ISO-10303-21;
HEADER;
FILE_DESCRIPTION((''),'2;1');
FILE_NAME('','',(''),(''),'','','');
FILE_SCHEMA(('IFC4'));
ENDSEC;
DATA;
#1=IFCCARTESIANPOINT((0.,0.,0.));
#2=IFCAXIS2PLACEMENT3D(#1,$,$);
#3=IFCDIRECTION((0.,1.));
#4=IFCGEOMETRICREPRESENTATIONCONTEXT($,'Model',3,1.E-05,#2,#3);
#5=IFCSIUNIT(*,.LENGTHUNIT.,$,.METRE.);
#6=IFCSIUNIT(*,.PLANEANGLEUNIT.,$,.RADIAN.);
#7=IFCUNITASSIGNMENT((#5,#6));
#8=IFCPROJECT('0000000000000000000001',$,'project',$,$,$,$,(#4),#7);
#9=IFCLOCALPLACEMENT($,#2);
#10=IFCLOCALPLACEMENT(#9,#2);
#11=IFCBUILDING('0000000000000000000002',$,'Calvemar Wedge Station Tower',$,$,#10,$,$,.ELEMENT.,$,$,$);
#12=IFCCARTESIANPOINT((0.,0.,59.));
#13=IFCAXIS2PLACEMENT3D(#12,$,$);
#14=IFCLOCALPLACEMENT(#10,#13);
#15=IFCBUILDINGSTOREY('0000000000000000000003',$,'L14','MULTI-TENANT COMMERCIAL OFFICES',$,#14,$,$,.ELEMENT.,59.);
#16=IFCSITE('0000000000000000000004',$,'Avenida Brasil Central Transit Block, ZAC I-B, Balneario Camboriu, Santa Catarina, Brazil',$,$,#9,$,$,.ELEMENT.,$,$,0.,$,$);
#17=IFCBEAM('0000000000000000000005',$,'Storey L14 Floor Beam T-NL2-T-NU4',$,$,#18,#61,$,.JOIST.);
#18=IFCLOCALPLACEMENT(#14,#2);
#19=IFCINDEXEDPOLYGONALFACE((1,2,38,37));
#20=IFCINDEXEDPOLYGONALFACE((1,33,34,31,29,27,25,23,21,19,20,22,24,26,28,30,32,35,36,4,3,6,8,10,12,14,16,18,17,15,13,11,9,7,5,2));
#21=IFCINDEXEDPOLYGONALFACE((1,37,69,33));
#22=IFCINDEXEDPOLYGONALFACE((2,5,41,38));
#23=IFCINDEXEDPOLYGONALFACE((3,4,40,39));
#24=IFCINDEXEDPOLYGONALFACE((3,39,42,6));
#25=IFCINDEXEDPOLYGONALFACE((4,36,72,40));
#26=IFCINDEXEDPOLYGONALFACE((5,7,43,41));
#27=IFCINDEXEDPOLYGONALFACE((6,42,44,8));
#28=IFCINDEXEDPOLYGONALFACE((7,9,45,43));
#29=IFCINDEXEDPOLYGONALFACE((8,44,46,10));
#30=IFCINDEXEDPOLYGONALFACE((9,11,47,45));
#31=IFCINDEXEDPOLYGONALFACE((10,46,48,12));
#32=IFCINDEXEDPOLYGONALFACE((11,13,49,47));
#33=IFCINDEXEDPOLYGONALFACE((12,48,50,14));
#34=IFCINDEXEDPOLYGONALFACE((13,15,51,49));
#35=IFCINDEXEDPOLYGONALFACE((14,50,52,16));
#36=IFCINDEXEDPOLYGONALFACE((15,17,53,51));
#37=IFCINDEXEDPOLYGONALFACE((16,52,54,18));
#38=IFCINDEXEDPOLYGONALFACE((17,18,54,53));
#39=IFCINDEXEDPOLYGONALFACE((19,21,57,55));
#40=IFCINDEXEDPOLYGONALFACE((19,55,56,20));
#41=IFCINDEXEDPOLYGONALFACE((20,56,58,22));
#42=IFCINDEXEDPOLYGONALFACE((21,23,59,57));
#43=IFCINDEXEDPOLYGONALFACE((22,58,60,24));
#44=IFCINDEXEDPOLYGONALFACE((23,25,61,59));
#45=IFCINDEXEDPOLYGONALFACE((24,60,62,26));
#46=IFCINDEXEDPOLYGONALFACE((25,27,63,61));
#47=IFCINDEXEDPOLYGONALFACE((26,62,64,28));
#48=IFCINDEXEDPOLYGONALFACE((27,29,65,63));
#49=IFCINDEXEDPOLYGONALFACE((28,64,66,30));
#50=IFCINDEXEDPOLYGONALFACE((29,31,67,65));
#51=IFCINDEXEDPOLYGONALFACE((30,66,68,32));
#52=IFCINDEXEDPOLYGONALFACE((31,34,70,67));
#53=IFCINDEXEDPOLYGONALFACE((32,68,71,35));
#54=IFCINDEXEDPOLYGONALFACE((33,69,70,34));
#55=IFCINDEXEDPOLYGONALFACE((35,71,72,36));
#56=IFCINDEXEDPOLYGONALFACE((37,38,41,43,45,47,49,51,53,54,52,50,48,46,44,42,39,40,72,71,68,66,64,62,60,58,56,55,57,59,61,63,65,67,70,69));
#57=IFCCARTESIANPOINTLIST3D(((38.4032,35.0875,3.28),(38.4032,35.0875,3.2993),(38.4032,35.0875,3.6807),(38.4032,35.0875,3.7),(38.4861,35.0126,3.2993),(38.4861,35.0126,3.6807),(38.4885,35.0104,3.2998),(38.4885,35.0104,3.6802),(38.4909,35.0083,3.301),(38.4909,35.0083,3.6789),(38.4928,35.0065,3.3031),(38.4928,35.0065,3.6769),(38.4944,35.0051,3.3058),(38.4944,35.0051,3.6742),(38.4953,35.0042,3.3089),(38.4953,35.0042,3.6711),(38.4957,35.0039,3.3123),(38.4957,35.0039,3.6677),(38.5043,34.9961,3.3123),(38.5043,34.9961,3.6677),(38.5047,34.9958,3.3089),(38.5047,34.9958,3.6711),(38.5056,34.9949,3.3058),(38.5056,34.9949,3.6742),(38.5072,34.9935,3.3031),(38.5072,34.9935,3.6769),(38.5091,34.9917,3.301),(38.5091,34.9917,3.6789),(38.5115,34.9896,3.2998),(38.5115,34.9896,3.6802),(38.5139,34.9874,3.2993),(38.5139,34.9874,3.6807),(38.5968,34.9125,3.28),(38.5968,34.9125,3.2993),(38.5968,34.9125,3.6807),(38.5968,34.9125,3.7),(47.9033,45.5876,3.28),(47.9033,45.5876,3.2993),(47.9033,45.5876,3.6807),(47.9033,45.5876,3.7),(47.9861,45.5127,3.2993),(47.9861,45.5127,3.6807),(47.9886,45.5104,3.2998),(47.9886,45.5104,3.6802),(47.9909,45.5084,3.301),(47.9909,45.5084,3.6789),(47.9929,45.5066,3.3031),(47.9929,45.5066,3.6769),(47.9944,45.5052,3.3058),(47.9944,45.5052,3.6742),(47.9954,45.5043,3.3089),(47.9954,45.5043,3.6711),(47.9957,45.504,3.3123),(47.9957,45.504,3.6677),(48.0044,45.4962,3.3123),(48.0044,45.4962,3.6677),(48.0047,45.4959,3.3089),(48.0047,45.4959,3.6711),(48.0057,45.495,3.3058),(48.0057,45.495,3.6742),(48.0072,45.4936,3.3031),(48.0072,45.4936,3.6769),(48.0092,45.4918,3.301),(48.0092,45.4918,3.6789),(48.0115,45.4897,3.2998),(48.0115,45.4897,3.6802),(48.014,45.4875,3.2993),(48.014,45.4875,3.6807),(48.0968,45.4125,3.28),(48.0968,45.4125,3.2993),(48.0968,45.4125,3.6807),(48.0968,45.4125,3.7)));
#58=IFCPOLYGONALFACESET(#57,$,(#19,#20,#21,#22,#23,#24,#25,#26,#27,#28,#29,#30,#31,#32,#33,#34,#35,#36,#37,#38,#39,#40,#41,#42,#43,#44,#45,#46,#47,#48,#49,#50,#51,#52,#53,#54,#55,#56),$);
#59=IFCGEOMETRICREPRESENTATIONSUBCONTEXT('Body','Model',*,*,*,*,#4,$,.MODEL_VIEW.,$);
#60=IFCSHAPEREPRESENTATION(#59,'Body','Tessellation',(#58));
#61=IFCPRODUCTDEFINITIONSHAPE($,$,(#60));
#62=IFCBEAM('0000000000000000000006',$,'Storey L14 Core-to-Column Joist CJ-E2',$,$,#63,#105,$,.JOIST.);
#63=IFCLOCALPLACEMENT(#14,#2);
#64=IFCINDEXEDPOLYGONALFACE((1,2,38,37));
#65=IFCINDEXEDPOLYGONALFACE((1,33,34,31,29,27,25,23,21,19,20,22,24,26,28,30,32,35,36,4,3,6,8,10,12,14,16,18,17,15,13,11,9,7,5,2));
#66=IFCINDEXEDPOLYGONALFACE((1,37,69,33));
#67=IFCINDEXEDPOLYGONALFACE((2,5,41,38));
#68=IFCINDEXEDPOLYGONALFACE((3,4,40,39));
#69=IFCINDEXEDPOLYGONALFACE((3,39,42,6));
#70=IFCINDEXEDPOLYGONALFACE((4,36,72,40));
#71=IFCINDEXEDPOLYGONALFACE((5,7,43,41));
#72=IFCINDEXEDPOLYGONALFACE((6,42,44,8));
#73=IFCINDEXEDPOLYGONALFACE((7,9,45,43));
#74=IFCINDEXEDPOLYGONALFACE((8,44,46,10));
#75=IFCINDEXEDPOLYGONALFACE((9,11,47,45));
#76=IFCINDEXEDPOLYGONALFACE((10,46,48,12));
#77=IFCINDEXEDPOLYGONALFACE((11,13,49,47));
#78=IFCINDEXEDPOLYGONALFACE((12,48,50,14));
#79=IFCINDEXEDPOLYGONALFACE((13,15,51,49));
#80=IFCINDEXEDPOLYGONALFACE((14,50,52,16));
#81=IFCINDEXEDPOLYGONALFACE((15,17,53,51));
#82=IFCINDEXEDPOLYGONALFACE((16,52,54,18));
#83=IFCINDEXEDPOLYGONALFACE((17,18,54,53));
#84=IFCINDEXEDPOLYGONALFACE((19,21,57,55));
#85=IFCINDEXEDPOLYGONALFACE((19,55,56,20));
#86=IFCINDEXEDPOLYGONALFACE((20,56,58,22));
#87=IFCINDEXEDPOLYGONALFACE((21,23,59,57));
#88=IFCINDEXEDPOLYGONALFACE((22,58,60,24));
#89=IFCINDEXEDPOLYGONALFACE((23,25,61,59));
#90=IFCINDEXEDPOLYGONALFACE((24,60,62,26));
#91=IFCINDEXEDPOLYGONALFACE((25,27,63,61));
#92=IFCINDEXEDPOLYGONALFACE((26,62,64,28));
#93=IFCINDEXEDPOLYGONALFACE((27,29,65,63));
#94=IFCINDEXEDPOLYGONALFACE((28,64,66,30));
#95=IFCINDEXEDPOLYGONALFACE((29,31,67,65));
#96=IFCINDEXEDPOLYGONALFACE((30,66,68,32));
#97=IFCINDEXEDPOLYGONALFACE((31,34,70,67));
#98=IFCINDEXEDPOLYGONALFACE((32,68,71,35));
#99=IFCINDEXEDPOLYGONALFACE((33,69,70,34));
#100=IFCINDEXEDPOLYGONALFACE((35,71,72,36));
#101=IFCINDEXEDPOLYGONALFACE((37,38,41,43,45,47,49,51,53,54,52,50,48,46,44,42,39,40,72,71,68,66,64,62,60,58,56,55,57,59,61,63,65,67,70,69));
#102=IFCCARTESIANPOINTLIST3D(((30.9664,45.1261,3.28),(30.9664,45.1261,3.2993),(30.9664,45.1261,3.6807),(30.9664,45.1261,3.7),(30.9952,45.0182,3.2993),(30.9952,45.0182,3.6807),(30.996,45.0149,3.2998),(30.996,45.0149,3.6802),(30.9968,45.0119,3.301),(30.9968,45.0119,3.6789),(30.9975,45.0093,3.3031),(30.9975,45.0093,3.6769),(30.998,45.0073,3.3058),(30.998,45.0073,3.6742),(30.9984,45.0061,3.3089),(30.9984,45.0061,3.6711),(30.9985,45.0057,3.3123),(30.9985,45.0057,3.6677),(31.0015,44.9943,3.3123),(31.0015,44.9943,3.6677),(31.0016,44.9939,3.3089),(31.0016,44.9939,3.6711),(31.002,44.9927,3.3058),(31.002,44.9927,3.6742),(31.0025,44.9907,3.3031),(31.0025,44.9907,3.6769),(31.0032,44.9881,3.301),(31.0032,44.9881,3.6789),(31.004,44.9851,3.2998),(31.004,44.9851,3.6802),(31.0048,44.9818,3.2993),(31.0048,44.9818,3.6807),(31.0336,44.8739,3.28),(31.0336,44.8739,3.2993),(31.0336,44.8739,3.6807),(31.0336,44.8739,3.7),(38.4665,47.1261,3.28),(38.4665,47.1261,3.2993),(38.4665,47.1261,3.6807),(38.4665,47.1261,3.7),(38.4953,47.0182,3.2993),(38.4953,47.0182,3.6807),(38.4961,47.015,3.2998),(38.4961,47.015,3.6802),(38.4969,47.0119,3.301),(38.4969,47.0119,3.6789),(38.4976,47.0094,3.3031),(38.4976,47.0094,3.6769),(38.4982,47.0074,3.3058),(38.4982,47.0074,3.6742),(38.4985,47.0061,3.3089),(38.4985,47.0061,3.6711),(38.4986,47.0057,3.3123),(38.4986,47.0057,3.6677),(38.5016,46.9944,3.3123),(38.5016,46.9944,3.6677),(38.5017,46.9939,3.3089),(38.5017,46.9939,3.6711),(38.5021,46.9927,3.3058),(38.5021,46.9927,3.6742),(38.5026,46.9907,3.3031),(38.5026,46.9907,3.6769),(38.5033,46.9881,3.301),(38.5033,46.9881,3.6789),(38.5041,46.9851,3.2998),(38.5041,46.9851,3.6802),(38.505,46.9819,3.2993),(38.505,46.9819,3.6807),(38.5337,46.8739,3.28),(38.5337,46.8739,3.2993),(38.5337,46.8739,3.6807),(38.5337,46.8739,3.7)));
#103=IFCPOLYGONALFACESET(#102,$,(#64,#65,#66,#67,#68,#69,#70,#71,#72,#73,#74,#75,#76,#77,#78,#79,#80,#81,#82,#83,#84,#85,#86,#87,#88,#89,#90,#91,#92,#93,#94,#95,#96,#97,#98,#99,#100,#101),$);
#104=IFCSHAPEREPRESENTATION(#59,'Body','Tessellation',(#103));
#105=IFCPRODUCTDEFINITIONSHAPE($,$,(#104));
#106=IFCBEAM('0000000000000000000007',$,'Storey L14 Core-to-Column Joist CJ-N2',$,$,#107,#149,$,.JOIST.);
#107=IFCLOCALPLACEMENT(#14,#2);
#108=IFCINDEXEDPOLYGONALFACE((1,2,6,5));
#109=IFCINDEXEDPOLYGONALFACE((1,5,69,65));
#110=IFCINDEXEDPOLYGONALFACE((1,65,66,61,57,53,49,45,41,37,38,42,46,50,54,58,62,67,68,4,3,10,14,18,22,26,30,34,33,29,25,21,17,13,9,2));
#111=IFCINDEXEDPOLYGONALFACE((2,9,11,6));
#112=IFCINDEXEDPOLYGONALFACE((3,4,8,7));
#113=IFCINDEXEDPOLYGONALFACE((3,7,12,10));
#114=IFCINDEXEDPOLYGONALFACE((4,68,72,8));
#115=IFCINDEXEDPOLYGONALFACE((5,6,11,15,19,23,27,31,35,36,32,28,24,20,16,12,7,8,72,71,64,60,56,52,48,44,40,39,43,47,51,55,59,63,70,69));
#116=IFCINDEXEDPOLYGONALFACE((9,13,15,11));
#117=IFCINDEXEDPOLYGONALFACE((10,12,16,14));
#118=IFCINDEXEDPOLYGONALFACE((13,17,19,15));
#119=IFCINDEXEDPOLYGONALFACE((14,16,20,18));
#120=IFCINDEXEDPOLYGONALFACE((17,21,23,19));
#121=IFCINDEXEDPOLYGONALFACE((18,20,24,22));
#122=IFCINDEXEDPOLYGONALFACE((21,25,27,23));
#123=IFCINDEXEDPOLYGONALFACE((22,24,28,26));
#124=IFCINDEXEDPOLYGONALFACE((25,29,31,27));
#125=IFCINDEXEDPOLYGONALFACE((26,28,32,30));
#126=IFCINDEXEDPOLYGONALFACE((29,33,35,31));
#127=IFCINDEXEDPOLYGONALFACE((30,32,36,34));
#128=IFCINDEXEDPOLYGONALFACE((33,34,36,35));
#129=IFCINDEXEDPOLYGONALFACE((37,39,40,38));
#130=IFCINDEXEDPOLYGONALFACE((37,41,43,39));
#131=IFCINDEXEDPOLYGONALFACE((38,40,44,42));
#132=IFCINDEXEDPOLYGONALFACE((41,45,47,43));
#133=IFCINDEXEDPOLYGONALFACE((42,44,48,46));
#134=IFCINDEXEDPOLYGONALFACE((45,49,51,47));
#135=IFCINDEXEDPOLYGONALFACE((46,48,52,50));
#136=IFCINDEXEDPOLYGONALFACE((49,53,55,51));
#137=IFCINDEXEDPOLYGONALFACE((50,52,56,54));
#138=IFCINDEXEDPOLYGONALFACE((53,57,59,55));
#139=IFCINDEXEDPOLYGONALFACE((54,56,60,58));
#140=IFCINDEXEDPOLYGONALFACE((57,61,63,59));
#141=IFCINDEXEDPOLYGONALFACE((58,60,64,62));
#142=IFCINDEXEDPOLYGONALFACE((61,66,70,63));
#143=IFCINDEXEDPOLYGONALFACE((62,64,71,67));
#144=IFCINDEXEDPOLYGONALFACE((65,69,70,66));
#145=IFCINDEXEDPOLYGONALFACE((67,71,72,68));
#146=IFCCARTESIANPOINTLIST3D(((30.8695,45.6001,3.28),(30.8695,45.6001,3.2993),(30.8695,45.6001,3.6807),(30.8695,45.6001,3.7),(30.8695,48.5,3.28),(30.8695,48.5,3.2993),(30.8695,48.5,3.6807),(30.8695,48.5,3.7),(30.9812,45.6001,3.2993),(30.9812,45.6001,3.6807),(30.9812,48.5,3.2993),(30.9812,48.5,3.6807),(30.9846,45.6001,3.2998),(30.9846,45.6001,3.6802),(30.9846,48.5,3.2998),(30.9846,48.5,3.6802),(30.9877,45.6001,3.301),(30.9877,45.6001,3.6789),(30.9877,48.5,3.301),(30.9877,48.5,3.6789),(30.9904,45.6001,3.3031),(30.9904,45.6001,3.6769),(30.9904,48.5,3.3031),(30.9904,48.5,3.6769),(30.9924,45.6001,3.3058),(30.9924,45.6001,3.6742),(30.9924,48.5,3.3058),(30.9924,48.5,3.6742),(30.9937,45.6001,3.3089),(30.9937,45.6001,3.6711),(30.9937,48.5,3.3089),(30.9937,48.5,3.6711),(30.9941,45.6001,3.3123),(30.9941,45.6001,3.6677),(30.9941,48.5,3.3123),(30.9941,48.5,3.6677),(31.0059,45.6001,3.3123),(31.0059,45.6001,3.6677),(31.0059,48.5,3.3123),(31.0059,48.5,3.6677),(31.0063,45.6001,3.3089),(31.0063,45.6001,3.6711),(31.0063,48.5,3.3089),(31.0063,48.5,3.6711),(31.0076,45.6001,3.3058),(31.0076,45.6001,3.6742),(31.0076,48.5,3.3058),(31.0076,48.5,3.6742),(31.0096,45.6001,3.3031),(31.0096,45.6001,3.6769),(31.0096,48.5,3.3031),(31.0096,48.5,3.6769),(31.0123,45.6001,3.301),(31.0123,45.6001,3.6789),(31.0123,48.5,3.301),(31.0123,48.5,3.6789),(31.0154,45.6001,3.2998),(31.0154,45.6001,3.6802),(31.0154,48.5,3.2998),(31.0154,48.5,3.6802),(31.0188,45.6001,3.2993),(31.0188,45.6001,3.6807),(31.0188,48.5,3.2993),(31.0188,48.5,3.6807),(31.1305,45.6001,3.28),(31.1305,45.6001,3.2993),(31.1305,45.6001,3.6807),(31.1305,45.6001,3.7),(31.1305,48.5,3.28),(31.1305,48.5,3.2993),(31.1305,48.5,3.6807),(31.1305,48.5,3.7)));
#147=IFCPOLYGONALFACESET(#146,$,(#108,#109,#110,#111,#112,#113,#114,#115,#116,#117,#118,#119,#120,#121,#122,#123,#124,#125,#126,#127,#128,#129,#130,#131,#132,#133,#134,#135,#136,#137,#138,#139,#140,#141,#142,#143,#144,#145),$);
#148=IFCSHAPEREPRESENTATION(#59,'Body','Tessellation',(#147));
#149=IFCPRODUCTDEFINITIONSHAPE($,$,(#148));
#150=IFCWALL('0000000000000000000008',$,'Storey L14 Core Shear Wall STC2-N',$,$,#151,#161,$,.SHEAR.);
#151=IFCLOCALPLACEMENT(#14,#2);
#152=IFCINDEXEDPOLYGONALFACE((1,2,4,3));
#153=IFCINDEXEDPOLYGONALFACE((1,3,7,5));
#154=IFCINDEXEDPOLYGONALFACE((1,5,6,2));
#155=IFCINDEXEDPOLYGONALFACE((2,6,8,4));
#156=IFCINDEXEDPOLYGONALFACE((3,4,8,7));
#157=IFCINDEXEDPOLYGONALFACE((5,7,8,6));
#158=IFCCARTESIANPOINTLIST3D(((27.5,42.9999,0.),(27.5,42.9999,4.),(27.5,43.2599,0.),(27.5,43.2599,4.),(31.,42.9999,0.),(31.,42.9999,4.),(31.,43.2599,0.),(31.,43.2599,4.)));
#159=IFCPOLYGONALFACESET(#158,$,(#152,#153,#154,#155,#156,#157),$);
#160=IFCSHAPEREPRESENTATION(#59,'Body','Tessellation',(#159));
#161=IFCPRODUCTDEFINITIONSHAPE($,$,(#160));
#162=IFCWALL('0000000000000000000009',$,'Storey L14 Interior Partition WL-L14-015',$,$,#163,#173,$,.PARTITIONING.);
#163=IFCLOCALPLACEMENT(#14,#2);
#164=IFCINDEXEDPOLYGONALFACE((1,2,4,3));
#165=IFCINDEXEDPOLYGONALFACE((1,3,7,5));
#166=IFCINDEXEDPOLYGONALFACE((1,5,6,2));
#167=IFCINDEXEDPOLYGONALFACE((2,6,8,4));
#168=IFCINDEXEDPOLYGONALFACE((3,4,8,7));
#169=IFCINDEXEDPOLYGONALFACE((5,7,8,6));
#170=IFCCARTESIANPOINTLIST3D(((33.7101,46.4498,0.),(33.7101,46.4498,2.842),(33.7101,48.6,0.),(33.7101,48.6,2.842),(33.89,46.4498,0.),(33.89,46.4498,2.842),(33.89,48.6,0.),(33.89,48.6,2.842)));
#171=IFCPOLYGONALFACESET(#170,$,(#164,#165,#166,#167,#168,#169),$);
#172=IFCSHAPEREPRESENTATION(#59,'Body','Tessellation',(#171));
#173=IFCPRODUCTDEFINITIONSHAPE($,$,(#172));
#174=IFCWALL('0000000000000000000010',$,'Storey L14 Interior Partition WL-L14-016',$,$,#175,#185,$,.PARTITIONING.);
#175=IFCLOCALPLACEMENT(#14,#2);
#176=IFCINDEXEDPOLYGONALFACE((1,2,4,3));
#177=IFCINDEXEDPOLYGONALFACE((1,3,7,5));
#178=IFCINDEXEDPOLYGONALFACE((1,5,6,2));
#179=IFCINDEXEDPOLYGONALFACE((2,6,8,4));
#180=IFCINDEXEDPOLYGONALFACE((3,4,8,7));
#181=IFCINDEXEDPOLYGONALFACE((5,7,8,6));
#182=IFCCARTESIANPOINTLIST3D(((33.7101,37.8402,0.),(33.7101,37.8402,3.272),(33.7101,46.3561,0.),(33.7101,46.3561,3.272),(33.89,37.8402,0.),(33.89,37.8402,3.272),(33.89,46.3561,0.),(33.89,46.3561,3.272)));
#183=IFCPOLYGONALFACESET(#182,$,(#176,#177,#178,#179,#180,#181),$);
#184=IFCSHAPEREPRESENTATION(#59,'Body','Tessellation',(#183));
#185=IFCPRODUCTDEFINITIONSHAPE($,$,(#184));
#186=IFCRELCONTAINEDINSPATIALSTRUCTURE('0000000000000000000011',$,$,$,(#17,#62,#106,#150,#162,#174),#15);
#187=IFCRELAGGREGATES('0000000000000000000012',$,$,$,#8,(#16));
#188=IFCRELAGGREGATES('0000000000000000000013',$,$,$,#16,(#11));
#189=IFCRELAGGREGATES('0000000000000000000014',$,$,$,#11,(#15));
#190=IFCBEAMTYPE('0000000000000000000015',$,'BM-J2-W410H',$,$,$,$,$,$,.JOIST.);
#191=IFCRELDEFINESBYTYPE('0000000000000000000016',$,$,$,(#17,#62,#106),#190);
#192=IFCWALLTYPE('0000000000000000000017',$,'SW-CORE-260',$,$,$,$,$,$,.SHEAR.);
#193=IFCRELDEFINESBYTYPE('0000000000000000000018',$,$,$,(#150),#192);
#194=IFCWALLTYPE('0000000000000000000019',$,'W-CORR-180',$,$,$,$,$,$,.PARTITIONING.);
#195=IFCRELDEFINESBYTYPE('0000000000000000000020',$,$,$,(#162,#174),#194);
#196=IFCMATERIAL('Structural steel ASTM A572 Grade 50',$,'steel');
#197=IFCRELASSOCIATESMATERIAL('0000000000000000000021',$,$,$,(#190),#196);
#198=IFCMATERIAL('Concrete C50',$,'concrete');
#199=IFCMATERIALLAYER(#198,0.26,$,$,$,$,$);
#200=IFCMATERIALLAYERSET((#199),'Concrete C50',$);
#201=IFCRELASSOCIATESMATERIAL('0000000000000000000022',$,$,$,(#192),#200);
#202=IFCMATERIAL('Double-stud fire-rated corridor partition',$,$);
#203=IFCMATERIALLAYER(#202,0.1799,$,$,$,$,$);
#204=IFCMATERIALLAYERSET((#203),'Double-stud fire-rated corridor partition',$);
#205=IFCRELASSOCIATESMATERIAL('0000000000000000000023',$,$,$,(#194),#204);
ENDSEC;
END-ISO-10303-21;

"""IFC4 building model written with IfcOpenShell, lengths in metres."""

from ifc_helpers import new_model, si_unit, direction, frame, frame_2d, origin, origin_2d, place, context, subcontext, project, spatial, rectangle, i_section, extrude, source, transform, mapped, material, layer, layer_set, material_profile, profile_set, type_object, element, save


model = new_model("IFC4")

# Units and contexts
model_context = context("Model", 3, precision=1e-05, world=origin(), true_north=direction((0.0, 1.0)))
body_context = subcontext(model_context, "Body", "Model", "MODEL_VIEW")
ifc_project = project(units=[si_unit("LENGTHUNIT", "METRE"), si_unit("PLANEANGLEUNIT", "RADIAN")], contexts=[model_context])

# Site, building, storey
site_placement = place(None, origin())
site = spatial("IfcSite", under=ifc_project, at=site_placement, Name="Avenida Brasil Central Transit Block, ZAC I-B, Balneario Camboriu, Santa Catarina, Brazil", CompositionType="ELEMENT", RefElevation=0.0)
building_placement = place(site_placement, origin())
building = spatial("IfcBuilding", under=site, at=building_placement, Name="Calvemar Wedge Station Tower", CompositionType="ELEMENT")
storey_placement = place(building_placement, frame((0.0, 0.0, 59.0)))
storey = spatial("IfcBuildingStorey", under=building, at=storey_placement, Name="L14", Description="MULTI-TENANT COMMERCIAL OFFICES", CompositionType="ELEMENT", Elevation=59.0)

# Beams
ifc_material_1 = material(Name="Structural steel ASTM A572 Grade 50", Category="steel")
ifc_material_profile_1 = material_profile(ifc_material_1, i_section(OverallWidth=0.261, OverallDepth=0.4199, WebThickness=0.0117, FlangeThickness=0.0193, FilletRadius=0.0129, at=origin_2d()), Name="W410x114")
ifc_profile_set_1 = profile_set([ifc_material_profile_1], Name="Structural steel ASTM A572 Grade 50")
beam_type_1 = type_object("IfcBeamType", Name="BM-J2-W410H", PredefinedType="JOIST", material=ifc_profile_set_1)
shared_shape_1 = source(origin(), body_context, "Body", "SweptSolid", [
    extrude(i_section(OverallWidth=0.261, OverallDepth=0.4199, WebThickness=0.0117, FlangeThickness=0.0193, FilletRadius=0.0129, at=origin_2d()), origin(), (0.0, 0.0, 1.0), 14.1599),
])
beam_1_placement = place(storey_placement, frame((38.5, 35.0, 3.49), z_axis=(0.670913, 0.741536, 0.0), x_axis=(-0.741536, 0.670913, 0.0)))
element("IfcBeam", 1, at=beam_1_placement, inside=storey, type_object=beam_type_1, Name="Storey L14 Floor Beam T-NL2-T-NU4", PredefinedType="JOIST", context=body_context, shape_type="MappedRepresentation", body=[
    mapped(shared_shape_1, transform((0.0, 0.0, 0.0), scale=1.0)),
])
shared_shape_2 = source(origin(), body_context, "Body", "SweptSolid", [
    extrude(i_section(OverallWidth=0.261, OverallDepth=0.4199, WebThickness=0.0117, FlangeThickness=0.0193, FilletRadius=0.0129, at=origin_2d()), origin(), (0.0, 0.0, 1.0), 7.7622),
])
beam_2_placement = place(storey_placement, frame((31.0, 45.0, 3.49), z_axis=(0.966235, 0.257663, 0.0), x_axis=(-0.257663, 0.966235, 0.0)))
element("IfcBeam", 2, at=beam_2_placement, inside=storey, type_object=beam_type_1, Name="Storey L14 Core-to-Column Joist CJ-E2", PredefinedType="JOIST", context=body_context, shape_type="MappedRepresentation", body=[
    mapped(shared_shape_2, transform((0.0, 0.0, 0.0), scale=1.0)),
])
shared_shape_3 = source(origin(), body_context, "Body", "SweptSolid", [
    extrude(i_section(OverallWidth=0.261, OverallDepth=0.4199, WebThickness=0.0117, FlangeThickness=0.0193, FilletRadius=0.0129, at=origin_2d()), origin(), (0.0, 0.0, 1.0), 2.8999),
])
beam_3_placement = place(storey_placement, frame((31.0, 45.6001, 3.49), z_axis=(0.0, 1.0, 0.0), x_axis=(-1.0, 0.0, 0.0)))
element("IfcBeam", 3, at=beam_3_placement, inside=storey, type_object=beam_type_1, Name="Storey L14 Core-to-Column Joist CJ-N2", PredefinedType="JOIST", context=body_context, shape_type="MappedRepresentation", body=[
    mapped(shared_shape_3, transform((0.0, 0.0, 0.0), scale=1.0)),
])

# Wall
ifc_material_2 = material(Name="Concrete C50", Category="concrete")
ifc_layer_1 = layer(ifc_material_2, 0.26)
ifc_layer_set_1 = layer_set([ifc_layer_1], Name="Concrete C50")
wall_type_1 = type_object("IfcWallType", Name="SW-CORE-260", PredefinedType="SHEAR", material=ifc_layer_set_1)
wall_1_placement = place(storey_placement, frame((27.5, 43.1299, 0.0), z_axis=(0.0, 0.0, 1.0), x_axis=(1.0, 0.0, 0.0)))
element("IfcWall", 4, at=wall_1_placement, inside=storey, type_object=wall_type_1, Name="Storey L14 Core Shear Wall STC2-N", PredefinedType="SHEAR", context=body_context, shape_type="SweptSolid", body=[
    extrude(rectangle(XDim=3.5, YDim=0.26, at=frame_2d((1.75, 0.0))), origin(), (0.0, 0.0, 1.0), 4.0),
])

# Shared definitions
ifc_material_3 = material(Name="Double-stud fire-rated corridor partition")
ifc_layer_2 = layer(ifc_material_3, 0.1799)
ifc_layer_set_2 = layer_set([ifc_layer_2], Name="Double-stud fire-rated corridor partition")
wall_type_2 = type_object("IfcWallType", Name="W-CORR-180", PredefinedType="PARTITIONING", material=ifc_layer_set_2)

# Walls
wall_2_placement = place(storey_placement, frame((33.8, 48.6001, 0.0), z_axis=(0.0, 0.0, 1.0), x_axis=(0.0, -1.0, 0.0)))
element("IfcWall", 5, at=wall_2_placement, inside=storey, type_object=wall_type_2, Name="Storey L14 Interior Partition WL-L14-015", PredefinedType="PARTITIONING", context=body_context, shape_type="SweptSolid", body=[
    extrude(rectangle(XDim=2.1501, YDim=0.1799, at=frame_2d((1.0752, 0.0))), origin(), (0.0, 0.0, 1.0), 2.842),
])
wall_3_placement = place(storey_placement, frame((33.8, 46.356, 0.0), z_axis=(0.0, 0.0, 1.0), x_axis=(0.0, -1.0, 0.0)))
element("IfcWall", 6, at=wall_3_placement, inside=storey, type_object=wall_type_2, Name="Storey L14 Interior Partition WL-L14-016", PredefinedType="PARTITIONING", context=body_context, shape_type="SweptSolid", body=[
    extrude(rectangle(XDim=8.5159, YDim=0.1799, at=frame_2d((4.2578, 0.0))), origin(), (0.0, 0.0, 1.0), 3.272),
])

save(model, "model.ifc")
